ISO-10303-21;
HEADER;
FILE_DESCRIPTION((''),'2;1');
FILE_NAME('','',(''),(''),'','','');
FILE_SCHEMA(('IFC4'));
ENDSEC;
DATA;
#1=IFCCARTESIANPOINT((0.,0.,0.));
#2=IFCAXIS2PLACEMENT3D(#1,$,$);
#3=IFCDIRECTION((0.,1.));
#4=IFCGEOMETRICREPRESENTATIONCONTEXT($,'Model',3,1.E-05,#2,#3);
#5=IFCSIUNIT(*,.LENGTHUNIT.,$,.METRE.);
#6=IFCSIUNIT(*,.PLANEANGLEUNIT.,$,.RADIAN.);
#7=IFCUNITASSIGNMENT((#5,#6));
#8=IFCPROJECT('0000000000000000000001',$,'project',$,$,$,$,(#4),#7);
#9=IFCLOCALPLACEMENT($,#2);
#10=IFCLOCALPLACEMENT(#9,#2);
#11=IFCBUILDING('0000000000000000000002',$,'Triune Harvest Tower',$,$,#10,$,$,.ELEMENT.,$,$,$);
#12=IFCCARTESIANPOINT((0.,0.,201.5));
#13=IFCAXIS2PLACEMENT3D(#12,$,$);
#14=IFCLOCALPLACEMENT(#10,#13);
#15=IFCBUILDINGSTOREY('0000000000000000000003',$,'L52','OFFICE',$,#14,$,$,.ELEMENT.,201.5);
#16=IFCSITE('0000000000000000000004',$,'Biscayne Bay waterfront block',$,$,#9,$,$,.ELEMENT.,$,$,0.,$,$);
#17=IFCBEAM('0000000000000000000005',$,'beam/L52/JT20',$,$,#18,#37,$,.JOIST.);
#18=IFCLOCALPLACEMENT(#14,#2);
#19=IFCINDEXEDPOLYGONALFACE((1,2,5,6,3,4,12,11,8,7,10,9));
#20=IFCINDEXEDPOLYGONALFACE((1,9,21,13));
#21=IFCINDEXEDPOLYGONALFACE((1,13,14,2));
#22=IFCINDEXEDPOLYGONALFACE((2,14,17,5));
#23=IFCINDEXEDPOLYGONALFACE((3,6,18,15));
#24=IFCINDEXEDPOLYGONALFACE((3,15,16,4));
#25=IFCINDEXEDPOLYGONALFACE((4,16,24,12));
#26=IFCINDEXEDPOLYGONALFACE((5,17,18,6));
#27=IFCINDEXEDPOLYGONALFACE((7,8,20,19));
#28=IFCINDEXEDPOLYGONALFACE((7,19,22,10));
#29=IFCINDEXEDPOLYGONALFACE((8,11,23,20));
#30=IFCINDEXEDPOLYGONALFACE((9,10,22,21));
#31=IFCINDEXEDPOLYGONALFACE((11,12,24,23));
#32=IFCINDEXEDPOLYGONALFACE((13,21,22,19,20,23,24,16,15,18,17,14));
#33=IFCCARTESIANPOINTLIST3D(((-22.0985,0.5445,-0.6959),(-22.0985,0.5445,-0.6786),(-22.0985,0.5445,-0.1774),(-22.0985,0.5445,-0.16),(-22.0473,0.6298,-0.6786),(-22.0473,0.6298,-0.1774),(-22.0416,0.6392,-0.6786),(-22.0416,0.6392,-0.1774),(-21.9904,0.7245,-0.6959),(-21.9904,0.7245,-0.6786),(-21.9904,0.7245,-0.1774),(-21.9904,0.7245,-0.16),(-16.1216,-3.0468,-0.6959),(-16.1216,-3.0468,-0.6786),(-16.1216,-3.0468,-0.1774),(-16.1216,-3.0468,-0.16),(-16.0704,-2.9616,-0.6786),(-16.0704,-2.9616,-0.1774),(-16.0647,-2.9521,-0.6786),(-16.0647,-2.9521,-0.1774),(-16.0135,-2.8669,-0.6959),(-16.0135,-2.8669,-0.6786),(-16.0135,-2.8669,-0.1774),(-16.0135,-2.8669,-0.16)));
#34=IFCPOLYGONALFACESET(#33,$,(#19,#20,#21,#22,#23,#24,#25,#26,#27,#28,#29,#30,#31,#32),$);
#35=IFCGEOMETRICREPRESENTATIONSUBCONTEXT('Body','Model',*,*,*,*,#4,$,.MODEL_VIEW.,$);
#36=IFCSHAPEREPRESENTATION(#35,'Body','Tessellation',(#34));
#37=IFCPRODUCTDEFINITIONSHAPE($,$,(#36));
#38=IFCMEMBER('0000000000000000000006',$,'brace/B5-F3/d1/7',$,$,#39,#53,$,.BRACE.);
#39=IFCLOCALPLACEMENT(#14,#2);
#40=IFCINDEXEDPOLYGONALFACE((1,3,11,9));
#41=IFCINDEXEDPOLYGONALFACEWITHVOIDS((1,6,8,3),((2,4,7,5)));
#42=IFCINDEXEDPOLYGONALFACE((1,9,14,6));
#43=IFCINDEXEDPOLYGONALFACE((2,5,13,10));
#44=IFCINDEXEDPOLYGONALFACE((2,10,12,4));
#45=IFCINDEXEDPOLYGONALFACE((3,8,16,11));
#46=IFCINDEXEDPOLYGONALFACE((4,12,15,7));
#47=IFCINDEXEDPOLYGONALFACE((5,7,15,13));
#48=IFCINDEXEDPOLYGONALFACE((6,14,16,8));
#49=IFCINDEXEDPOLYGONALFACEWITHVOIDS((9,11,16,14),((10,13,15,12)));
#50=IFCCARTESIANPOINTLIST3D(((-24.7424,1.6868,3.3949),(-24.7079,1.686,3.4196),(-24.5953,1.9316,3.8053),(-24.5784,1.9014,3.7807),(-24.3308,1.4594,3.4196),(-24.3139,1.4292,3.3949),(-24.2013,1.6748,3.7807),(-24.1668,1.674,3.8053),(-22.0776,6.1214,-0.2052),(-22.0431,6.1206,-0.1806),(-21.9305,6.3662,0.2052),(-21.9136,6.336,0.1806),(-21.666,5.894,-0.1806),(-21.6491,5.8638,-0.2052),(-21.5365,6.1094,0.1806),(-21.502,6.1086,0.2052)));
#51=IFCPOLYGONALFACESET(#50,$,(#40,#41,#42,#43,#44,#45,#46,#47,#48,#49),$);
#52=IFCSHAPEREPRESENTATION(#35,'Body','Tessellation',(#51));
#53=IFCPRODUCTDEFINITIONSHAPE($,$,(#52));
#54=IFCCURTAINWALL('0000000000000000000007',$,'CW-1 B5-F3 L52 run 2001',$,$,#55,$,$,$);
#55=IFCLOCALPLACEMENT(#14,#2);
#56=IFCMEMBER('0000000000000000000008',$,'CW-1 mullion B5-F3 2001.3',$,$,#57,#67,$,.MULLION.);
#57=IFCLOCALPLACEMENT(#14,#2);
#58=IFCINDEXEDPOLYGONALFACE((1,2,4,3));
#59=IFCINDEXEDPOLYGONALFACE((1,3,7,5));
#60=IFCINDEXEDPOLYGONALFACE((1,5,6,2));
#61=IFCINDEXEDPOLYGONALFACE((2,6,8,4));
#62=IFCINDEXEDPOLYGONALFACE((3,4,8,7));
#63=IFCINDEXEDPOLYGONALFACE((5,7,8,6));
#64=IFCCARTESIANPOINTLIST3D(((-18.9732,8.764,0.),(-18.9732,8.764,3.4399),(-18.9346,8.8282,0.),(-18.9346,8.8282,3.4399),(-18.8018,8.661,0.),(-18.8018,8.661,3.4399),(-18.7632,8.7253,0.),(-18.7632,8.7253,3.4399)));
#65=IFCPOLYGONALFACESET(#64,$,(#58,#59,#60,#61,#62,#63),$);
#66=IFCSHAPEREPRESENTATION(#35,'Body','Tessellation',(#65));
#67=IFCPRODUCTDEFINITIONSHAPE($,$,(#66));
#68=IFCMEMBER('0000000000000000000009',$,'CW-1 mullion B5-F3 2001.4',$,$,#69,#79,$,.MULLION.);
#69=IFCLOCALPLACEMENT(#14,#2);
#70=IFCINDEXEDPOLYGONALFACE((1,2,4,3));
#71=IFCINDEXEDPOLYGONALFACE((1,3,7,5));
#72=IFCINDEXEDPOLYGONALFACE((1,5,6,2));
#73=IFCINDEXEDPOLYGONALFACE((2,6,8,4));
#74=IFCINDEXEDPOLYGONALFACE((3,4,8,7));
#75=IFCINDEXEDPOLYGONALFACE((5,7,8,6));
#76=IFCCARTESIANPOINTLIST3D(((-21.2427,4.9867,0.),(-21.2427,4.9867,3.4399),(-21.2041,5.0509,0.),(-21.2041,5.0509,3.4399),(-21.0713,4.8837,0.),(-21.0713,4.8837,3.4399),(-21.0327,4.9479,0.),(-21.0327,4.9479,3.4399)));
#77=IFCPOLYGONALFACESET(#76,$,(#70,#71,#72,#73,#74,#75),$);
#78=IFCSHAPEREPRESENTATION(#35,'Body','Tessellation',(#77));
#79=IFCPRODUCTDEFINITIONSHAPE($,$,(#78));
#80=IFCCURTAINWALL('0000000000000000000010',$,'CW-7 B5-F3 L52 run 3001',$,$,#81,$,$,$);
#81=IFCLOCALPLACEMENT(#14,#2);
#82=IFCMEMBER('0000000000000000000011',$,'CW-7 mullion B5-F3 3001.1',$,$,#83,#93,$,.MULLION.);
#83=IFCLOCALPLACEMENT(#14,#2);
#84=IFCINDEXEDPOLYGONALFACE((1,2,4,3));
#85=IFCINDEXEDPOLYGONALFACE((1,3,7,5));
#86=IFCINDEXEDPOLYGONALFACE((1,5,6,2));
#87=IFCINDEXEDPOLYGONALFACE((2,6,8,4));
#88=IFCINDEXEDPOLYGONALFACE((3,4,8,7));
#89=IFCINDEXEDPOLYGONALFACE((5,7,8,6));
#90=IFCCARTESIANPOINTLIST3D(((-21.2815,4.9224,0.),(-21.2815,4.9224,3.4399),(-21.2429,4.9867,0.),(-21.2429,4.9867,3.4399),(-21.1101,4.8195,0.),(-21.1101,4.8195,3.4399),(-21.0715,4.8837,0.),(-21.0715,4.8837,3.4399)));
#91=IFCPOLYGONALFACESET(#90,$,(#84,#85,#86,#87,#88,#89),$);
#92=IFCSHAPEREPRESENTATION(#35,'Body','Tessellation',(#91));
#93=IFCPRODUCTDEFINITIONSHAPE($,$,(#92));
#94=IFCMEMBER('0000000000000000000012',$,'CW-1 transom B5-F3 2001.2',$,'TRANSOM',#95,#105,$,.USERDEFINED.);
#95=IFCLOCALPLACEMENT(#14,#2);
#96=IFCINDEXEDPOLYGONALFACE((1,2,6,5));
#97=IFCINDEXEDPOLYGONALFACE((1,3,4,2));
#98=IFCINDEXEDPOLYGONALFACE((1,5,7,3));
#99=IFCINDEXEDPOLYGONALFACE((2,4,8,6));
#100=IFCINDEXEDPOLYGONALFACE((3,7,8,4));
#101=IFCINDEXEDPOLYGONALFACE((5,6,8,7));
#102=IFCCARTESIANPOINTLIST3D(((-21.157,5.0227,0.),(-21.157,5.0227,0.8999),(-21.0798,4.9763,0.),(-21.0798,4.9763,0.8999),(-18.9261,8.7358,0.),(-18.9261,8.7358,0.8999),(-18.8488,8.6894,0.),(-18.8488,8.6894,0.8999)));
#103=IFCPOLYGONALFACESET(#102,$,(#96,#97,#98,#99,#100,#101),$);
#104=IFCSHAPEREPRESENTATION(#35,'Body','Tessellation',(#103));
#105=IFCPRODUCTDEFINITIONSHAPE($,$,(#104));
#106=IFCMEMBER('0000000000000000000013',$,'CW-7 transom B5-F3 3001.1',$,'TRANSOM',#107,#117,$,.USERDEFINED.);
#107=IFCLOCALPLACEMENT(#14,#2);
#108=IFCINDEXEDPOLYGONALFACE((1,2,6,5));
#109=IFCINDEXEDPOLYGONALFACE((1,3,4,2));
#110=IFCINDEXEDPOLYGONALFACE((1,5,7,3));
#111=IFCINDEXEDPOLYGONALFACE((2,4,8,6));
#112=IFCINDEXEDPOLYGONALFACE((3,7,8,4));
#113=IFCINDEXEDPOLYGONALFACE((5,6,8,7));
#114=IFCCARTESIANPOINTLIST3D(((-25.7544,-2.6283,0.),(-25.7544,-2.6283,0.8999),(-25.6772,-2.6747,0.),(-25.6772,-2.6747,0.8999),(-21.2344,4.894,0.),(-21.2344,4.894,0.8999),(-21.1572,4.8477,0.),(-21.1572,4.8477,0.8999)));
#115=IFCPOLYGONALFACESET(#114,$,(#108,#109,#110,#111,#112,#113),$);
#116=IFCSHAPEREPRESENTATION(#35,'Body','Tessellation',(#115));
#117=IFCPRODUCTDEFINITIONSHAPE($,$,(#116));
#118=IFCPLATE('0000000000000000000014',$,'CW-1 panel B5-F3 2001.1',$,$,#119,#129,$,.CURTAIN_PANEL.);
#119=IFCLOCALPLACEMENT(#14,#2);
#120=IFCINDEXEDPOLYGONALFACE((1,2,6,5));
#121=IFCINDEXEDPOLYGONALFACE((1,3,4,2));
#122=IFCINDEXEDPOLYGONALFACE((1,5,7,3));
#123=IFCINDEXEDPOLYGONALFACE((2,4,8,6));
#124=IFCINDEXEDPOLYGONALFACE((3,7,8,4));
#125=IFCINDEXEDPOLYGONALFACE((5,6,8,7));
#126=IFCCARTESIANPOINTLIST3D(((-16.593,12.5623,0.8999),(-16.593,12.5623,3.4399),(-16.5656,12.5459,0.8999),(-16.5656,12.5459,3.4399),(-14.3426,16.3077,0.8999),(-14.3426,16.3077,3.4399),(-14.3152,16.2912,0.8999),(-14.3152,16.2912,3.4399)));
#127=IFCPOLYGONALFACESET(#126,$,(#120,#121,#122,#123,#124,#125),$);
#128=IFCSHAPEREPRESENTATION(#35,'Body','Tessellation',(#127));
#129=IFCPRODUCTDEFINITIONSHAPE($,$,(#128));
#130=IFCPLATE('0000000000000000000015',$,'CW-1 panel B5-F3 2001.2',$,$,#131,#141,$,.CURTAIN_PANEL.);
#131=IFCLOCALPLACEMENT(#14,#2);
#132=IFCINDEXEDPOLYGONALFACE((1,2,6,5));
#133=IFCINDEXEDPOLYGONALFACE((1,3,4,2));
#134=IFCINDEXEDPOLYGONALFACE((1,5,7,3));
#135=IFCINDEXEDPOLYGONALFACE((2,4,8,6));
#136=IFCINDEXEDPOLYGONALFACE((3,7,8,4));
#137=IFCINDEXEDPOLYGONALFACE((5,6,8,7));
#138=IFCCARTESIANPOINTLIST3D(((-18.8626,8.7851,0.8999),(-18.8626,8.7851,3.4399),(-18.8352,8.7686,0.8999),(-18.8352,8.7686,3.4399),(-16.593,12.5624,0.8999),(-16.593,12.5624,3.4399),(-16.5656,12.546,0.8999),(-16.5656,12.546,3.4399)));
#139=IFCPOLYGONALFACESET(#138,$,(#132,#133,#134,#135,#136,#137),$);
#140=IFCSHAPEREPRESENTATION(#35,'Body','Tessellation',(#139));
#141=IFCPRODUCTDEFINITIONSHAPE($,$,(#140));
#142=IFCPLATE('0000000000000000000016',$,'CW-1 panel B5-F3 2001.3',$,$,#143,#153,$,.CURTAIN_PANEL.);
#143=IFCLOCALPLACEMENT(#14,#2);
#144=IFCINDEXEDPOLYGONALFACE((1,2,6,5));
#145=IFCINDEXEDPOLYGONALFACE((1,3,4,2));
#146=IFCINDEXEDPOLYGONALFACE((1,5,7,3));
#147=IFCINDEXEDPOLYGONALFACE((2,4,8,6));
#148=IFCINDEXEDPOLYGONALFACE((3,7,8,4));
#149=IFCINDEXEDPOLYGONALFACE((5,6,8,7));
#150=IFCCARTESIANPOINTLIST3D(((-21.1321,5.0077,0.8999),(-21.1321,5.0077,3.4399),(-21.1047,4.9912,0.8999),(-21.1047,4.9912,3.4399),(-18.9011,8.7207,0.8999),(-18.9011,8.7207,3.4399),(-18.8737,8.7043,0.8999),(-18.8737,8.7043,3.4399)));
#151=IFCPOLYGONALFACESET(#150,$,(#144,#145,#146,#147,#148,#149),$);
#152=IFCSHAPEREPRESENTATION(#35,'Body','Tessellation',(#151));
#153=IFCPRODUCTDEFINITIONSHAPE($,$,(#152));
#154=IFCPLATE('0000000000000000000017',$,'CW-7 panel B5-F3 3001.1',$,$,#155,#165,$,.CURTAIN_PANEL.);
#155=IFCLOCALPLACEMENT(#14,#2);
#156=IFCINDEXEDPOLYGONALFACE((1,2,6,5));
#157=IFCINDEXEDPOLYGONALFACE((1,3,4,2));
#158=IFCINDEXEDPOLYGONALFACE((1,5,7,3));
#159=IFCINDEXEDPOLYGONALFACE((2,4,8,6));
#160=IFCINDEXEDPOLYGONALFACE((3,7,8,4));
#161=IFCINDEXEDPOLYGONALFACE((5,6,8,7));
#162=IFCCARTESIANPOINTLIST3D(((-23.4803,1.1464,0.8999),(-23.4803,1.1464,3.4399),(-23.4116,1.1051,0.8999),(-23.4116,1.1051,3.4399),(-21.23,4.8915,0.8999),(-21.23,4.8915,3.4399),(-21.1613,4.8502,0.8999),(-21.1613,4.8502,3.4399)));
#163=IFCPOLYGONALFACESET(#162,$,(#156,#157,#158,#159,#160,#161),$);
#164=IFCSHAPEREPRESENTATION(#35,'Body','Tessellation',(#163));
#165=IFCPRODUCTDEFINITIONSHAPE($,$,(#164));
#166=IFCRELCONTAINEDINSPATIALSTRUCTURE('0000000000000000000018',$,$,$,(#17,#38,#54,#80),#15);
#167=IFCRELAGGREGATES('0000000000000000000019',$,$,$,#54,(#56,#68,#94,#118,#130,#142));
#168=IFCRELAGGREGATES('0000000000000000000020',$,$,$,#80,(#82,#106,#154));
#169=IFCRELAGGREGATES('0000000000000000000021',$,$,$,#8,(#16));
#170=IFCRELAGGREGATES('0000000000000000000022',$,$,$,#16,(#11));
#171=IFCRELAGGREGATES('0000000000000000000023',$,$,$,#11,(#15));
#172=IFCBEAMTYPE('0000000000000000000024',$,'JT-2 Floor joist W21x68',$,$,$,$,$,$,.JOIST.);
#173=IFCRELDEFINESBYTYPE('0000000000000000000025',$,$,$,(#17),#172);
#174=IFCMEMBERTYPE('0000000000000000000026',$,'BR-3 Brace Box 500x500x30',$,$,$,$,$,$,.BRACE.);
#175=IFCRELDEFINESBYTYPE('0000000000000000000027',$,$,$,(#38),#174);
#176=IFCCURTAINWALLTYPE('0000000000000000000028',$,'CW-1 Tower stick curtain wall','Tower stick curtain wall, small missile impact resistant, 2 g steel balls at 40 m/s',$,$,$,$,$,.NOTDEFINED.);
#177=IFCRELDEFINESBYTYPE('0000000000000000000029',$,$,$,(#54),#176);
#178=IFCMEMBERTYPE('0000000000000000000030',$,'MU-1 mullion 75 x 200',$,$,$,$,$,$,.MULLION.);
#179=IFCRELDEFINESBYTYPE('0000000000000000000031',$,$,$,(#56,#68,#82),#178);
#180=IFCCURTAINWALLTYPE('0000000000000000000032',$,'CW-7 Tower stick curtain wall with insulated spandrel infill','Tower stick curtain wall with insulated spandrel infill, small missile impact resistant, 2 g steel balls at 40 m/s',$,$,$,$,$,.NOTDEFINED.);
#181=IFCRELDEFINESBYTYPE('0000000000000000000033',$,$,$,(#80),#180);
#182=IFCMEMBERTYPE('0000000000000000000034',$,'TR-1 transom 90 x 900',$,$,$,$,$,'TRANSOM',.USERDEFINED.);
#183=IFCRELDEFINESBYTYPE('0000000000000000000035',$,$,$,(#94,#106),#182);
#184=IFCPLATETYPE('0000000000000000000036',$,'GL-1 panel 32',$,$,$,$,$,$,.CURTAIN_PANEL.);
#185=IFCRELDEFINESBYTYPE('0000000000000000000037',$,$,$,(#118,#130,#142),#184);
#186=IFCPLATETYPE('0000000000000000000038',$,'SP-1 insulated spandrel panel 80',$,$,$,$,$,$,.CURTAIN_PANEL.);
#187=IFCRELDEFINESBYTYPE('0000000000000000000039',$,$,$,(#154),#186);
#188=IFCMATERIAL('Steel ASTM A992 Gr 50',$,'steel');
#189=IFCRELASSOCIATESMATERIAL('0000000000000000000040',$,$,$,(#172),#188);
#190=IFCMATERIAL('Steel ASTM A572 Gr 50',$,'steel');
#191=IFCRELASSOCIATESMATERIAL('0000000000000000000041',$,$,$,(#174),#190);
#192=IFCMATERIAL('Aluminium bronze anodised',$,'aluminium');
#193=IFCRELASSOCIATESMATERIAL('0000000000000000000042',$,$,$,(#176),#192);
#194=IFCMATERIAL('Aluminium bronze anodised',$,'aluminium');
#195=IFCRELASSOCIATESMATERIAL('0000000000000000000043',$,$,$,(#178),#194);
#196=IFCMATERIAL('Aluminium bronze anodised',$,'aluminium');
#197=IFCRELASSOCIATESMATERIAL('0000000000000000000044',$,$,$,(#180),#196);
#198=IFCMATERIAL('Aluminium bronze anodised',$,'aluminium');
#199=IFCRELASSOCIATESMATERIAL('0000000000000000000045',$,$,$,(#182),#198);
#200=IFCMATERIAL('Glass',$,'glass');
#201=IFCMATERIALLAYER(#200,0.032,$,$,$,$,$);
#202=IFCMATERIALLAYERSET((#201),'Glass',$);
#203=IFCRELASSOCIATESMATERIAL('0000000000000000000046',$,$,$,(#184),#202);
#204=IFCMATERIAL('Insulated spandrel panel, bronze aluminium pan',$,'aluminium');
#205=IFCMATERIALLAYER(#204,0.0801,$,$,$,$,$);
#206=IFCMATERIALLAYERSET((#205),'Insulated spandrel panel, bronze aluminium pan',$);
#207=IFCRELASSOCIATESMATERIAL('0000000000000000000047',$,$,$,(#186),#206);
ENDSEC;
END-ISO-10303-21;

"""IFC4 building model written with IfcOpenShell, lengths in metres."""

from ifc_helpers import new_model, si_unit, direction, frame, origin, origin_2d, place, context, subcontext, project, spatial, rectangle, hollow_rectangle, i_section, extrude, source, transform, mapped, material, layer, layer_set, material_profile, profile_set, type_object, element, aggregate, save


model = new_model("IFC4")

# Units and contexts
model_context = context("Model", 3, precision=1e-05, world=origin(), true_north=direction((0.0, 1.0)))
body_context = subcontext(model_context, "Body", "Model", "MODEL_VIEW")
ifc_project = project(units=[si_unit("LENGTHUNIT", "METRE"), si_unit("PLANEANGLEUNIT", "RADIAN")], contexts=[model_context])

# Site, building, storey
site_placement = place(None, origin())
site = spatial("IfcSite", under=ifc_project, at=site_placement, Name="Biscayne Bay waterfront block", CompositionType="ELEMENT", RefElevation=0.0)
building_placement = place(site_placement, origin())
building = spatial("IfcBuilding", under=site, at=building_placement, Name="Triune Harvest Tower", CompositionType="ELEMENT")
storey_placement = place(building_placement, frame((0.0, 0.0, 201.5)))
storey = spatial("IfcBuildingStorey", under=building, at=storey_placement, Name="L52", Description="OFFICE", CompositionType="ELEMENT", Elevation=201.5)

# Beam
ifc_material_1 = material(Name="Steel ASTM A992 Gr 50", Category="steel")
ifc_material_profile_1 = material_profile(ifc_material_1, i_section(OverallWidth=0.21, OverallDepth=0.5359, WebThickness=0.011, FlangeThickness=0.0173, at=origin_2d()), Name="W21x68")
ifc_profile_set_1 = profile_set([ifc_material_profile_1], Name="Steel ASTM A992 Gr 50")
beam_type_1 = type_object("IfcBeamType", Name="JT-2 Floor joist W21x68", PredefinedType="JOIST", material=ifc_profile_set_1)
shared_shape_1 = source(origin(), body_context, "Body", "SweptSolid", [
    extrude(i_section(OverallWidth=0.21, OverallDepth=0.5359, WebThickness=0.011, FlangeThickness=0.0173, at=origin_2d()), origin(), (0.0, 0.0, 1.0), 6.9729),
])
beam_1_placement = place(storey_placement, frame((-22.0444, 0.6345, -0.428), z_axis=(0.857162, -0.515047, 0.0), x_axis=(0.515047, 0.857162, 0.0)))
element("IfcBeam", 1, at=beam_1_placement, inside=storey, type_object=beam_type_1, Name="beam/L52/JT20", PredefinedType="JOIST", context=body_context, shape_type="MappedRepresentation", body=[
    mapped(shared_shape_1, transform((0.0, 0.0, 0.0), scale=1.0)),
])

# Member
ifc_material_2 = material(Name="Steel ASTM A572 Gr 50", Category="steel")
ifc_material_profile_2 = material_profile(ifc_material_2, hollow_rectangle(XDim=0.5, YDim=0.5, WallThickness=0.03, at=origin_2d()), Name="Box 500x500x30")
ifc_profile_set_2 = profile_set([ifc_material_profile_2], Name="Steel ASTM A572 Gr 50")
member_type_1 = type_object("IfcMemberType", Name="BR-3 Brace Box 500x500x30", PredefinedType="BRACE", material=ifc_profile_set_2)
shared_shape_2 = source(origin(), body_context, "Body", "SweptSolid", [
    extrude(hollow_rectangle(XDim=0.5, YDim=0.5, WallThickness=0.03, at=origin_2d()), origin(), (0.0, 0.0, 1.0), 6.303),
])
member_1_placement = place(storey_placement, frame((-21.7898, 6.115, 0.0), z_axis=(-0.422785, -0.70357, 0.571176), x_axis=(0.857147, -0.515072, 0.0)))
element("IfcMember", 2, at=member_1_placement, inside=storey, type_object=member_type_1, Name="brace/B5-F3/d1/7", PredefinedType="BRACE", context=body_context, shape_type="MappedRepresentation", body=[
    mapped(shared_shape_2, transform((0.0, 0.0, 0.0), scale=1.0)),
])

# Curtain wall, members
ifc_material_3 = material(Name="Aluminium bronze anodised", Category="aluminium")
curtain_wall_type_1 = type_object("IfcCurtainWallType", Name="CW-1 Tower stick curtain wall", Description="Tower stick curtain wall, small missile impact resistant, 2 g steel balls at 40 m/s", PredefinedType="NOTDEFINED", material=ifc_material_3)
curtain_wall_1_placement = place(storey_placement, origin())
curtain_wall_1 = element("IfcCurtainWall", 3, at=curtain_wall_1_placement, inside=storey, type_object=curtain_wall_type_1, Name="CW-1 B5-F3 L52 run 2001")
ifc_material_4 = material(Name="Aluminium bronze anodised", Category="aluminium")
ifc_material_profile_3 = material_profile(ifc_material_4, rectangle(XDim=0.2, YDim=0.075, at=origin_2d()), Name="MU-1 mullion 75 x 200")
ifc_profile_set_3 = profile_set([ifc_material_profile_3], Name="Aluminium bronze anodised")
member_type_2 = type_object("IfcMemberType", Name="MU-1 mullion 75 x 200", PredefinedType="MULLION", material=ifc_profile_set_3)
shared_shape_3 = source(origin(), body_context, "Body", "SweptSolid", [
    extrude(rectangle(XDim=0.2, YDim=0.075, at=origin_2d()), origin(), (0.0, 0.0, 1.0), 3.4399),
])
member_2_placement = place(storey_placement, frame((-18.8682, 8.7446, 0.0), z_axis=(0.0, 0.0, 1.0), x_axis=(0.857172, -0.515031, 0.0)))
member_2 = element("IfcMember", 4, at=member_2_placement, type_object=member_type_2, Name="CW-1 mullion B5-F3 2001.3", PredefinedType="MULLION", context=body_context, shape_type="MappedRepresentation", body=[
    mapped(shared_shape_3, transform((0.0, 0.0, 0.0), scale=1.0)),
])
member_3_placement = place(storey_placement, frame((-21.1377, 4.9673, 0.0), z_axis=(0.0, 0.0, 1.0), x_axis=(0.857172, -0.515031, 0.0)))
member_3 = element("IfcMember", 5, at=member_3_placement, type_object=member_type_2, Name="CW-1 mullion B5-F3 2001.4", PredefinedType="MULLION", context=body_context, shape_type="MappedRepresentation", body=[
    mapped(shared_shape_3, transform((0.0, 0.0, 0.0), scale=1.0)),
])

# Curtain wall, member
ifc_material_5 = material(Name="Aluminium bronze anodised", Category="aluminium")
curtain_wall_type_2 = type_object("IfcCurtainWallType", Name="CW-7 Tower stick curtain wall with insulated spandrel infill", Description="Tower stick curtain wall with insulated spandrel infill, small missile impact resistant, 2 g steel balls at 40 m/s", PredefinedType="NOTDEFINED", material=ifc_material_5)
curtain_wall_2_placement = place(storey_placement, origin())
curtain_wall_2 = element("IfcCurtainWall", 6, at=curtain_wall_2_placement, inside=storey, type_object=curtain_wall_type_2, Name="CW-7 B5-F3 L52 run 3001")
member_4_placement = place(storey_placement, frame((-21.1765, 4.9031, 0.0), z_axis=(0.0, 0.0, 1.0), x_axis=(0.857166, -0.515039, 0.0)))
member_4 = element("IfcMember", 7, at=member_4_placement, type_object=member_type_2, Name="CW-7 mullion B5-F3 3001.1", PredefinedType="MULLION", context=body_context, shape_type="MappedRepresentation", body=[
    mapped(shared_shape_3, transform((0.0, 0.0, 0.0), scale=1.0)),
])

# Members
ifc_material_6 = material(Name="Aluminium bronze anodised", Category="aluminium")
ifc_material_profile_4 = material_profile(ifc_material_6, rectangle(XDim=0.0901, YDim=0.8999, at=origin_2d()), Name="TR-1 transom 90 x 900")
ifc_profile_set_4 = profile_set([ifc_material_profile_4], Name="Aluminium bronze anodised")
member_type_3 = type_object("IfcMemberType", Name="TR-1 transom 90 x 900", ElementType="TRANSOM", PredefinedType="USERDEFINED", material=ifc_profile_set_4)
shared_shape_4 = source(origin(), body_context, "Body", "SweptSolid", [
    extrude(rectangle(XDim=0.0901, YDim=0.8999, at=origin_2d()), origin(), (0.0, 0.0, 1.0), 4.3318),
])
member_5_placement = place(storey_placement, frame((-18.8875, 8.7126, 0.45), z_axis=(-0.515018, -0.857179, 0.0), x_axis=(0.857179, -0.515018, 0.0)))
member_5 = element("IfcMember", 8, at=member_5_placement, type_object=member_type_3, Name="CW-1 transom B5-F3 2001.2", ObjectType="TRANSOM", PredefinedType="USERDEFINED", context=body_context, shape_type="MappedRepresentation", body=[
    mapped(shared_shape_4, transform((0.0, 0.0, 0.0), scale=1.0)),
])
shared_shape_5 = source(origin(), body_context, "Body", "SweptSolid", [
    extrude(rectangle(XDim=0.0901, YDim=0.8999, at=origin_2d()), origin(), (0.0, 0.0, 1.0), 8.7759),
])
member_6_placement = place(storey_placement, frame((-21.1958, 4.8708, 0.45), z_axis=(-0.515044, -0.857164, 0.0), x_axis=(0.857164, -0.515044, 0.0)))
member_6 = element("IfcMember", 9, at=member_6_placement, type_object=member_type_3, Name="CW-7 transom B5-F3 3001.1", ObjectType="TRANSOM", PredefinedType="USERDEFINED", context=body_context, shape_type="MappedRepresentation", body=[
    mapped(shared_shape_5, transform((0.0, 0.0, 0.0), scale=1.0)),
])

# Plates
ifc_material_7 = material(Name="Glass", Category="glass")
ifc_layer_1 = layer(ifc_material_7, 0.032)
ifc_layer_set_1 = layer_set([ifc_layer_1], Name="Glass")
plate_type_1 = type_object("IfcPlateType", Name="GL-1 panel 32", PredefinedType="CURTAIN_PANEL", material=ifc_layer_set_1)
shared_shape_6 = source(origin(), body_context, "Body", "SweptSolid", [
    extrude(rectangle(XDim=4.3694, YDim=0.032, at=origin_2d()), origin(), (0.0, 0.0, 1.0), 2.54),
])
plate_1_placement = place(storey_placement, frame((-15.4541, 14.4268, 0.8999), z_axis=(0.0, 0.0, 1.0), x_axis=(-0.515031, -0.857172, 0.0)))
plate_1 = element("IfcPlate", 10, at=plate_1_placement, type_object=plate_type_1, Name="CW-1 panel B5-F3 2001.1", PredefinedType="CURTAIN_PANEL", context=body_context, shape_type="MappedRepresentation", body=[
    mapped(shared_shape_6, transform((0.0, 0.0, 0.0), scale=1.0)),
])
shared_shape_7 = source(origin(), body_context, "Body", "SweptSolid", [
    extrude(rectangle(XDim=4.4067, YDim=0.032, at=origin_2d()), origin(), (0.0, 0.0, 1.0), 2.54),
])
plate_2_placement = place(storey_placement, frame((-17.7141, 10.6655, 0.8999), z_axis=(0.0, 0.0, 1.0), x_axis=(-0.515031, -0.857172, 0.0)))
plate_2 = element("IfcPlate", 11, at=plate_2_placement, type_object=plate_type_1, Name="CW-1 panel B5-F3 2001.2", PredefinedType="CURTAIN_PANEL", context=body_context, shape_type="MappedRepresentation", body=[
    mapped(shared_shape_7, transform((0.0, 0.0, 0.0), scale=1.0)),
])
shared_shape_8 = source(origin(), body_context, "Body", "SweptSolid", [
    extrude(rectangle(XDim=4.3318, YDim=0.032, at=origin_2d()), origin(), (0.0, 0.0, 1.0), 2.54),
])
plate_3_placement = place(storey_placement, frame((-20.0029, 6.856, 0.8999), z_axis=(0.0, 0.0, 1.0), x_axis=(-0.515031, -0.857172, 0.0)))
plate_3 = element("IfcPlate", 12, at=plate_3_placement, type_object=plate_type_1, Name="CW-1 panel B5-F3 2001.3", PredefinedType="CURTAIN_PANEL", context=body_context, shape_type="MappedRepresentation", body=[
    mapped(shared_shape_8, transform((0.0, 0.0, 0.0), scale=1.0)),
])
aggregate(curtain_wall_1, [member_2, member_3, member_5, plate_1, plate_2, plate_3])
ifc_material_8 = material(Name="Insulated spandrel panel, bronze aluminium pan", Category="aluminium")
ifc_layer_2 = layer(ifc_material_8, 0.0801)
ifc_layer_set_2 = layer_set([ifc_layer_2], Name="Insulated spandrel panel, bronze aluminium pan")
plate_type_2 = type_object("IfcPlateType", Name="SP-1 insulated spandrel panel 80", PredefinedType="CURTAIN_PANEL", material=ifc_layer_set_2)
shared_shape_9 = source(origin(), body_context, "Body", "SweptSolid", [
    extrude(rectangle(XDim=4.3691, YDim=0.0801, at=origin_2d()), origin(), (0.0, 0.0, 1.0), 2.54),
])
plate_4_placement = place(storey_placement, frame((-22.3208, 2.9983, 0.8999), z_axis=(0.0, 0.0, 1.0), x_axis=(-0.515039, -0.857166, 0.0)))
plate_4 = element("IfcPlate", 13, at=plate_4_placement, type_object=plate_type_2, Name="CW-7 panel B5-F3 3001.1", PredefinedType="CURTAIN_PANEL", context=body_context, shape_type="MappedRepresentation", body=[
    mapped(shared_shape_9, transform((0.0, 0.0, 0.0), scale=1.0)),
])
aggregate(curtain_wall_2, [member_4, member_6, plate_4])

save(model, "model.ifc")
